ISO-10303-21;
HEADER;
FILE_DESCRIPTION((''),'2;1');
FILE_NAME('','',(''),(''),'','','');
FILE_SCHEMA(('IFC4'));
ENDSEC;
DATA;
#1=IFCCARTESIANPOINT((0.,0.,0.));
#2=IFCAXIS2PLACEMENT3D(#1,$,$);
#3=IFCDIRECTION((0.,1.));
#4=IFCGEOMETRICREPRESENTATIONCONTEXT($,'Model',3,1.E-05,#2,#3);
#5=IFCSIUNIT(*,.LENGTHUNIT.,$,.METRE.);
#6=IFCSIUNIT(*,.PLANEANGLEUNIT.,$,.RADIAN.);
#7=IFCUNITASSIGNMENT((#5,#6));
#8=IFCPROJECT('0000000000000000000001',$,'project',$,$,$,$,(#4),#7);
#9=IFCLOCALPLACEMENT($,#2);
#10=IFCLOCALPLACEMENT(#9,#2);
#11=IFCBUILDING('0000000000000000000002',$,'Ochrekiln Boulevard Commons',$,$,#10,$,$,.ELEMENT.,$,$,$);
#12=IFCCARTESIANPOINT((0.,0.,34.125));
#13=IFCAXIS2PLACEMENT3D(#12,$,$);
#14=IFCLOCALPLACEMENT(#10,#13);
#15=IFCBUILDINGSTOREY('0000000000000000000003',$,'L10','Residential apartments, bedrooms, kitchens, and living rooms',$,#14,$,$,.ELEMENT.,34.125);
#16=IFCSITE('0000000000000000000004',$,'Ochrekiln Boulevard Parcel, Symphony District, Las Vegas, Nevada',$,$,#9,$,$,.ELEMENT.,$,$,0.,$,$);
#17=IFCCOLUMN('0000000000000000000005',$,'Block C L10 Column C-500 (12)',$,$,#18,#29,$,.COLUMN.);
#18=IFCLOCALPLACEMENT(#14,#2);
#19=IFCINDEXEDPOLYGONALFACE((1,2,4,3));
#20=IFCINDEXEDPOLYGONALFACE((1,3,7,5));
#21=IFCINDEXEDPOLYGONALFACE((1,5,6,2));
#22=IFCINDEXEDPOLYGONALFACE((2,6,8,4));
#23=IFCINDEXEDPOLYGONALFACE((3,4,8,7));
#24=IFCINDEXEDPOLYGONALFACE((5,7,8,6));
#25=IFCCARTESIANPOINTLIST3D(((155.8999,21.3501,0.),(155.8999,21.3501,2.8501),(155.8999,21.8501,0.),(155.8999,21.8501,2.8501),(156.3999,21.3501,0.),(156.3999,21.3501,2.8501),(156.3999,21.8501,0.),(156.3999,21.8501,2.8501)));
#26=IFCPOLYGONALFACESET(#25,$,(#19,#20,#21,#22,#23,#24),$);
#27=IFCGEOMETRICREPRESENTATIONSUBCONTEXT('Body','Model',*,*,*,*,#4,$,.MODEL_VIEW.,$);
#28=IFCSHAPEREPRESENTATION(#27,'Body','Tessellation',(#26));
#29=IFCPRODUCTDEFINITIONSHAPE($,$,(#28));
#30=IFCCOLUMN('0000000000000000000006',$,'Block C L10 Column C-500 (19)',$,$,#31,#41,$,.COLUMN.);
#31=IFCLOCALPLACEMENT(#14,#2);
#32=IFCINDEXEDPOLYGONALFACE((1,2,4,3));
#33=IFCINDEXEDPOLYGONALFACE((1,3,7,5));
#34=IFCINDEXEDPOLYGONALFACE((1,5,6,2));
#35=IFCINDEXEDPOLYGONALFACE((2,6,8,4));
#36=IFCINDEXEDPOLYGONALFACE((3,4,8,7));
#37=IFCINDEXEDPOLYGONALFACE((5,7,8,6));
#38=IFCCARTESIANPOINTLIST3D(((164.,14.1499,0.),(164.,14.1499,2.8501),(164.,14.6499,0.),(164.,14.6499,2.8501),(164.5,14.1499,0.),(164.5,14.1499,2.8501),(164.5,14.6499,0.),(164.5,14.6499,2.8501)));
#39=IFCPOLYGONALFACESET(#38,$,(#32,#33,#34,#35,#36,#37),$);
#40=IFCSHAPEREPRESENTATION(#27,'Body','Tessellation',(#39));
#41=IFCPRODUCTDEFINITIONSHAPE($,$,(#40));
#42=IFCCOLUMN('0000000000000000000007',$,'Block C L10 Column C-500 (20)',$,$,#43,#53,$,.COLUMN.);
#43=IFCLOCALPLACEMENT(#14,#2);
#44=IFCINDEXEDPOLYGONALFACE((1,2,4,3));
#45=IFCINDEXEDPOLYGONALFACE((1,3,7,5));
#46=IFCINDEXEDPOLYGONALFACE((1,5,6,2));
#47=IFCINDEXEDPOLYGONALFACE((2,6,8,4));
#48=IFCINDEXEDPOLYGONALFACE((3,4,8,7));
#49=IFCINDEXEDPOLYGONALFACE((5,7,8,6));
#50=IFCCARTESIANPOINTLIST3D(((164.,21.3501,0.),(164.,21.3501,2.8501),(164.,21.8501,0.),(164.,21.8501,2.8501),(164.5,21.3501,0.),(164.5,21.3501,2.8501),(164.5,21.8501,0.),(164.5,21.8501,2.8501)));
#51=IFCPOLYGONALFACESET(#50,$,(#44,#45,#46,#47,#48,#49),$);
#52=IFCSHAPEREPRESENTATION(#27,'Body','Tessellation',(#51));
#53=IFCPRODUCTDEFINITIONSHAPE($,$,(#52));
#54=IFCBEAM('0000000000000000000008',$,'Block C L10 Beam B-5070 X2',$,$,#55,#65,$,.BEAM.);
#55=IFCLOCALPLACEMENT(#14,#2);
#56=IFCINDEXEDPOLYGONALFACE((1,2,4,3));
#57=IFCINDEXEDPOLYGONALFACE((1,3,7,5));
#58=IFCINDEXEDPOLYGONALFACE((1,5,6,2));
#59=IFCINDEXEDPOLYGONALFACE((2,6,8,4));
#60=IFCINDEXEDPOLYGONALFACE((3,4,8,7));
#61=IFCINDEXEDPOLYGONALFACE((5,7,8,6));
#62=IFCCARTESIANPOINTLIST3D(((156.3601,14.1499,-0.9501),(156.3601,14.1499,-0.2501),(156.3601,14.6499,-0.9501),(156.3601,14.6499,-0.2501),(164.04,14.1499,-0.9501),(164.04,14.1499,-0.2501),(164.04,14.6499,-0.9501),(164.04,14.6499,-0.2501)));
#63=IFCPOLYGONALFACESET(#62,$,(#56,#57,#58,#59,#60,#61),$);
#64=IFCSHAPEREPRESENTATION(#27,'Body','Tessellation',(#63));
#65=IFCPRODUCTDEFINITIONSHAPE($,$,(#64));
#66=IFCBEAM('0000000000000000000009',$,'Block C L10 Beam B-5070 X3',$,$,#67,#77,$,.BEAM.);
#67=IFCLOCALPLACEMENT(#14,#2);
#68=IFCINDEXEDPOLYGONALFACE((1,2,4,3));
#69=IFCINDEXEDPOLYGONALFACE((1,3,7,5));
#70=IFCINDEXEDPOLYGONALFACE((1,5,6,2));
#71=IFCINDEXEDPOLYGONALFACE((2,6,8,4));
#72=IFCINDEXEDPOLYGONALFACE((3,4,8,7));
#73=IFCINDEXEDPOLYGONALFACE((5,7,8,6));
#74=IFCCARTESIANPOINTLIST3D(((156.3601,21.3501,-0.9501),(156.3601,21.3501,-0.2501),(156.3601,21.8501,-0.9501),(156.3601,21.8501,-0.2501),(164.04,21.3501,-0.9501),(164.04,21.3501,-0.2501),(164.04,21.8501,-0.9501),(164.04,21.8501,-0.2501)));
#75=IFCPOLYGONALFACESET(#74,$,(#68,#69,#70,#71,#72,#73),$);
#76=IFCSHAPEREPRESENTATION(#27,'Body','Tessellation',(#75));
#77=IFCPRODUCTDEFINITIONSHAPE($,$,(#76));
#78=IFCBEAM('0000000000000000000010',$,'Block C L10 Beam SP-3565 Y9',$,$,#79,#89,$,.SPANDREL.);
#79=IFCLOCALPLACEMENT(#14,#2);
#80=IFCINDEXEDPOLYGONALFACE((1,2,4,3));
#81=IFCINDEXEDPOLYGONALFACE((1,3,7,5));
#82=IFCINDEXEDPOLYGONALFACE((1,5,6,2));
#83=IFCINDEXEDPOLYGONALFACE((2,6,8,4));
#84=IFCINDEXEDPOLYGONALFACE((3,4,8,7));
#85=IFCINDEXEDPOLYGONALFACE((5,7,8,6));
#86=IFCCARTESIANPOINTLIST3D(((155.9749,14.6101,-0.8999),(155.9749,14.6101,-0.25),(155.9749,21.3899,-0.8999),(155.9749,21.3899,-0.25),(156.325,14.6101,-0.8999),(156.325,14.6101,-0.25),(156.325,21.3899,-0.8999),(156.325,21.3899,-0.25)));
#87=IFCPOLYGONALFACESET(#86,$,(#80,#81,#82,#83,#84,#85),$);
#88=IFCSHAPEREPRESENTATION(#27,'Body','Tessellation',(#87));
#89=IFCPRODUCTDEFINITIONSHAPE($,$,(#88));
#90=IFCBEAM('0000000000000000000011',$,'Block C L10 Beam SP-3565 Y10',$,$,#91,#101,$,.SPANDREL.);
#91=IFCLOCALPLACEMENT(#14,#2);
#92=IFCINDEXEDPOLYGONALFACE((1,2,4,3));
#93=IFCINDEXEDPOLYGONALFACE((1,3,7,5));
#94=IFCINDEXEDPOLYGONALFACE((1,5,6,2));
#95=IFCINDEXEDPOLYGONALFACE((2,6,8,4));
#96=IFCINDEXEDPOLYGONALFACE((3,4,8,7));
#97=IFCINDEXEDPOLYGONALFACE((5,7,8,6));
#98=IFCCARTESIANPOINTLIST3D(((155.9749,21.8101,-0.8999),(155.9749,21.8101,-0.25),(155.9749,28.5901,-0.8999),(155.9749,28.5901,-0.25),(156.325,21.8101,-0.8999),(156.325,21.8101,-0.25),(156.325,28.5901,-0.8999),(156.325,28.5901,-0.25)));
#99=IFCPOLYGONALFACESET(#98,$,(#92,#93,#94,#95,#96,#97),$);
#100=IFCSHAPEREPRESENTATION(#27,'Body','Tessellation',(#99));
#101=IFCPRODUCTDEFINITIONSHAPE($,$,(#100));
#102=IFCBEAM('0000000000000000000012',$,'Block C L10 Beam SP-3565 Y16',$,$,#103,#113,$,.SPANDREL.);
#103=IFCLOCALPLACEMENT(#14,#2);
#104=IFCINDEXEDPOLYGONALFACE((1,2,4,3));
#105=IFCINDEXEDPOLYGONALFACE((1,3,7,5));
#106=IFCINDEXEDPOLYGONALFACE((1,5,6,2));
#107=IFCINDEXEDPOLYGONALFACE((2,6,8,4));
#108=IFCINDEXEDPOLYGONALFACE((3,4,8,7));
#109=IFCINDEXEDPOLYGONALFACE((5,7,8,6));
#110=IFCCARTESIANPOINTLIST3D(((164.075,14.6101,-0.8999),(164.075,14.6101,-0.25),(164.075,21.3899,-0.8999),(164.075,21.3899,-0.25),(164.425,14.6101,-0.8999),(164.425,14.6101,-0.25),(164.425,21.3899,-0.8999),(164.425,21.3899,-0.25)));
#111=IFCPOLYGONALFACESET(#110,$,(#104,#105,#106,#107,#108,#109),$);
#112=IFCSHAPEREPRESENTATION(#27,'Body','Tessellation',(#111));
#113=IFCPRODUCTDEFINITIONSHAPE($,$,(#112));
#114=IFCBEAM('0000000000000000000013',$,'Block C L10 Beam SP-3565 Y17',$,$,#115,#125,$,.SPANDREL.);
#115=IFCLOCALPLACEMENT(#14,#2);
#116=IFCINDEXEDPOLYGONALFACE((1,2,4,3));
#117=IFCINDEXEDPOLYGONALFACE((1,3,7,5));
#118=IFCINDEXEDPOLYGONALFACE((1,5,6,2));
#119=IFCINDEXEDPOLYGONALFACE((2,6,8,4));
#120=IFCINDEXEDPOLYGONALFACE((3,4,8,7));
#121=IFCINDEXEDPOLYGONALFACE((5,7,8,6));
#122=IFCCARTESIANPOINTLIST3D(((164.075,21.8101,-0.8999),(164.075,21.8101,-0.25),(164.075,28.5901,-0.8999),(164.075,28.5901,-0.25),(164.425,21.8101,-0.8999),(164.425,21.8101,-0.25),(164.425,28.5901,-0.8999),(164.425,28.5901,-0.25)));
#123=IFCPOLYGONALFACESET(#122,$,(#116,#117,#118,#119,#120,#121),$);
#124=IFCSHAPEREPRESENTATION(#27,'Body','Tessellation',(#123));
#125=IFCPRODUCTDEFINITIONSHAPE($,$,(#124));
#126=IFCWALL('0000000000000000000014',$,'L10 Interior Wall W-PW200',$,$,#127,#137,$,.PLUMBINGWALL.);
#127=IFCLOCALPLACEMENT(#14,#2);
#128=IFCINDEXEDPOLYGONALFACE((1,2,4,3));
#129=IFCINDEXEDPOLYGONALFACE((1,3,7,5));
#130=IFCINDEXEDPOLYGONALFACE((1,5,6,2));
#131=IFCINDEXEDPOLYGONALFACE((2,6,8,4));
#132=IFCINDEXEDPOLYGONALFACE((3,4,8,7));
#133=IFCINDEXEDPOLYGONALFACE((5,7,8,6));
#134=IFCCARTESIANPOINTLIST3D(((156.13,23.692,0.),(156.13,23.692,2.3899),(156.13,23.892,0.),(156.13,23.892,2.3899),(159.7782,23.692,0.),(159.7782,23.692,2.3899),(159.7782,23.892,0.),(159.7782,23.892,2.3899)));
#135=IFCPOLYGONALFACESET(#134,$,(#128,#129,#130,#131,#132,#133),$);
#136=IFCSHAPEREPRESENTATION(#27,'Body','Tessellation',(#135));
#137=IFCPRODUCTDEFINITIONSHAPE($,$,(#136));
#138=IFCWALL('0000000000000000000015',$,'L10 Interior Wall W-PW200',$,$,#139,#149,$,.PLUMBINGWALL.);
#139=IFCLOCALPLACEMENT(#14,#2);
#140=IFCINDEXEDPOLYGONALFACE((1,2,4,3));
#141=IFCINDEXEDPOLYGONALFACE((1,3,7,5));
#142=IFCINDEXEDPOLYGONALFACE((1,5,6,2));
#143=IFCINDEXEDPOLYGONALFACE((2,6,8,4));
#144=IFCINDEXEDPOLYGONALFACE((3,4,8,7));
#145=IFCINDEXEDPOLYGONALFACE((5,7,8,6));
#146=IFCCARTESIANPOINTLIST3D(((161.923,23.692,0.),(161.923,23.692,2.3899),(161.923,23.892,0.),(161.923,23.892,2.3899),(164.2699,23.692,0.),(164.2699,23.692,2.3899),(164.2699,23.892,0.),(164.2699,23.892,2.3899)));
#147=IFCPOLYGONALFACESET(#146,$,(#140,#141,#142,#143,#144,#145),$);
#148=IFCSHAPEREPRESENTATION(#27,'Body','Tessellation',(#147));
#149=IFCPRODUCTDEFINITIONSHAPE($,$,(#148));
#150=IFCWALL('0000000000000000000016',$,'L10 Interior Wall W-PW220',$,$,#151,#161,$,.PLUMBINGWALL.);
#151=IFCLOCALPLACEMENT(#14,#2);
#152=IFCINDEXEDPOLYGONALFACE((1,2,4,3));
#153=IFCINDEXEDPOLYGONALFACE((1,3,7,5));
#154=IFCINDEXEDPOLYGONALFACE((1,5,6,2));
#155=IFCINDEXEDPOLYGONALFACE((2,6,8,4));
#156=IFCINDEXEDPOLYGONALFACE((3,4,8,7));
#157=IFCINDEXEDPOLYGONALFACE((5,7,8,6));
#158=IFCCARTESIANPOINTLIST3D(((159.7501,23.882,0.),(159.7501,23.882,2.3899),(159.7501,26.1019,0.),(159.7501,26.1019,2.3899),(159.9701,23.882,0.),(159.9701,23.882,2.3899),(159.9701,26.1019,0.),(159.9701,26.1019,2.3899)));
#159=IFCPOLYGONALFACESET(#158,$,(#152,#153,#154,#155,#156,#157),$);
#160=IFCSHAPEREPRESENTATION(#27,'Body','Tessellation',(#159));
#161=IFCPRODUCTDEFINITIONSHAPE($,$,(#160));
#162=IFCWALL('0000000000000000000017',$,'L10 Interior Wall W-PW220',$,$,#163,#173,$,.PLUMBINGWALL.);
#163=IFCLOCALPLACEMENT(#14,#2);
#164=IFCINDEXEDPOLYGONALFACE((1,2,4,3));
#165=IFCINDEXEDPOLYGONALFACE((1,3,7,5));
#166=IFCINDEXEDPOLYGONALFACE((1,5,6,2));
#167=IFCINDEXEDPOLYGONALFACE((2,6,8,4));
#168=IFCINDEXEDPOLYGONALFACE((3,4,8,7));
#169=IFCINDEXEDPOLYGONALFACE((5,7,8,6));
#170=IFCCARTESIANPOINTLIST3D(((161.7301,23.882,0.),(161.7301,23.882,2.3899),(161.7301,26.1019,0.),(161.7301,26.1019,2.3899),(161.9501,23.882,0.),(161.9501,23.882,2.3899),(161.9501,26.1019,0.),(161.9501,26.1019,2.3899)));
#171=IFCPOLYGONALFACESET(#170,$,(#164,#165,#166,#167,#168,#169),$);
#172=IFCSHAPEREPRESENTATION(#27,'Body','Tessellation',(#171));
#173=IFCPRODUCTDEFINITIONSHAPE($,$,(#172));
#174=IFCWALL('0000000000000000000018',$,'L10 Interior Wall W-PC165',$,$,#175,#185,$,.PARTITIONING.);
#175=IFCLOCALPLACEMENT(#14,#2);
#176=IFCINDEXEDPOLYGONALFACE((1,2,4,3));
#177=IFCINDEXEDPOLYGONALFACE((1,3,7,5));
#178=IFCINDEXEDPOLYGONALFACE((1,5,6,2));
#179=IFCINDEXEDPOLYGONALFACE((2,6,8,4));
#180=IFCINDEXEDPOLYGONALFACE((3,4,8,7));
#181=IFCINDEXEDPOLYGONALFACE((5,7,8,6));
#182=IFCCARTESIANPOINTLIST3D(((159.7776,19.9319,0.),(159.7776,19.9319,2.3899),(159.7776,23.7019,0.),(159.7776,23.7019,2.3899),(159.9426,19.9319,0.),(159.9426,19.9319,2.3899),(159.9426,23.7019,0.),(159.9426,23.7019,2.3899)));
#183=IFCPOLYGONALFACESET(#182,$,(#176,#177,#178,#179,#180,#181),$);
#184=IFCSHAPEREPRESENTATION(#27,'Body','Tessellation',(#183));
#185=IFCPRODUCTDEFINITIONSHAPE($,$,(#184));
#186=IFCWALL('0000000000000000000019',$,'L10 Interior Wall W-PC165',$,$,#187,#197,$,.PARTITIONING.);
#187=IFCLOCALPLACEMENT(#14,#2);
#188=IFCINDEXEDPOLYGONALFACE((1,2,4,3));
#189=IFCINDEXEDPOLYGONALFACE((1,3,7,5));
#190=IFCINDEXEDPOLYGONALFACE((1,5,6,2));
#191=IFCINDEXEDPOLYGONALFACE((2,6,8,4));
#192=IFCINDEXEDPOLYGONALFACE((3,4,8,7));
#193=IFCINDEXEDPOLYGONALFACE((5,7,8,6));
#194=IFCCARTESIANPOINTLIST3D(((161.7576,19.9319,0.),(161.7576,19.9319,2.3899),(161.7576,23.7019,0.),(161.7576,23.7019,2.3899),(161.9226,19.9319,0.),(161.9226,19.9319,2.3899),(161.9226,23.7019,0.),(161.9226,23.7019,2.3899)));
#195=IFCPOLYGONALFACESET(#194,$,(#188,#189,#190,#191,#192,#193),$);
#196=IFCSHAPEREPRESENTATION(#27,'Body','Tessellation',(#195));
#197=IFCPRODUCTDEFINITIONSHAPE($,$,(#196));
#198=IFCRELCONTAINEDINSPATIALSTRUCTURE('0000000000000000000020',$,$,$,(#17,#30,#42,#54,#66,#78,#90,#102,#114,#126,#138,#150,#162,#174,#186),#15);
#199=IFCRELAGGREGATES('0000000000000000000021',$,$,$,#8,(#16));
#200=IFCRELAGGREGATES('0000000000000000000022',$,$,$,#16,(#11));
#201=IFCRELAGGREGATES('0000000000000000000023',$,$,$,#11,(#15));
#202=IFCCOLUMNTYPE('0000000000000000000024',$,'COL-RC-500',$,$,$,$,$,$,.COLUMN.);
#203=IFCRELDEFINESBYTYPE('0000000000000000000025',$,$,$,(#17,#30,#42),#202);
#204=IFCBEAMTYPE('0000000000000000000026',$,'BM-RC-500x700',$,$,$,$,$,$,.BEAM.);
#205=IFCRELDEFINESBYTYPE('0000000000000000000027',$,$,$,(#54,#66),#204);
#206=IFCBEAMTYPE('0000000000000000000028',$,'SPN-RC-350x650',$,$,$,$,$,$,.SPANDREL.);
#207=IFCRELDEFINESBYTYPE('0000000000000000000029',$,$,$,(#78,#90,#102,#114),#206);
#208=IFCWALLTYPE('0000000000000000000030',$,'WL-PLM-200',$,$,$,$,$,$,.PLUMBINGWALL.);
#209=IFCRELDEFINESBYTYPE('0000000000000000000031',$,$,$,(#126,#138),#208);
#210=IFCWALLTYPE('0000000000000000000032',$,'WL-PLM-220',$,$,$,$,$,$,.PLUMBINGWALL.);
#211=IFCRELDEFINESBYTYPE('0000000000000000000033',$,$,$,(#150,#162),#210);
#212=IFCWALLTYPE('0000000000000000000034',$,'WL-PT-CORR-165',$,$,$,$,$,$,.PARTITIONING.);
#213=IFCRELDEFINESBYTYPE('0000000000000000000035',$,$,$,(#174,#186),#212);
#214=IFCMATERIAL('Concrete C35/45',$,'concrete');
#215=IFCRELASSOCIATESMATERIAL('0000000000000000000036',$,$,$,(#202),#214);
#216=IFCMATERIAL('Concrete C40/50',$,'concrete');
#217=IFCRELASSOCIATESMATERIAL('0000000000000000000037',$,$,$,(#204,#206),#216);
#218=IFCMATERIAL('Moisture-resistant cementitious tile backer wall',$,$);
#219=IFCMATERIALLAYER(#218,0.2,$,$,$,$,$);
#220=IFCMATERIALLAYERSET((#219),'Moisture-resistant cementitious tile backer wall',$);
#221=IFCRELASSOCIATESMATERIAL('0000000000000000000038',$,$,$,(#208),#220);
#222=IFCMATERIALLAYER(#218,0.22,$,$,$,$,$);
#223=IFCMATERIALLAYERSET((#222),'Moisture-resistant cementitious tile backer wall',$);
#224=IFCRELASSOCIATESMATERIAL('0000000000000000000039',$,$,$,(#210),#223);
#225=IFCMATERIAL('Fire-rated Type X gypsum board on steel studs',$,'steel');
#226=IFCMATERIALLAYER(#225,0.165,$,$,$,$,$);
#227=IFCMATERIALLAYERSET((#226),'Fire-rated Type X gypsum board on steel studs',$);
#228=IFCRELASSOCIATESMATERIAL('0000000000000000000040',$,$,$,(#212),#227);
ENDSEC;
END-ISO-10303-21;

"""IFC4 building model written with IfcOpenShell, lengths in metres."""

from ifc_helpers import new_model, si_unit, direction, frame, frame_2d, origin, origin_2d, place, context, subcontext, project, spatial, rectangle, extrude, material, layer, layer_set, material_profile, profile_set, type_object, element, save


model = new_model("IFC4")

# Units and contexts
model_context = context("Model", 3, precision=1e-05, world=origin(), true_north=direction((0.0, 1.0)))
body_context = subcontext(model_context, "Body", "Model", "MODEL_VIEW")
ifc_project = project(units=[si_unit("LENGTHUNIT", "METRE"), si_unit("PLANEANGLEUNIT", "RADIAN")], contexts=[model_context])

# Site, building, storey
site_placement = place(None, origin())
site = spatial("IfcSite", under=ifc_project, at=site_placement, Name="Ochrekiln Boulevard Parcel, Symphony District, Las Vegas, Nevada", CompositionType="ELEMENT", RefElevation=0.0)
building_placement = place(site_placement, origin())
building = spatial("IfcBuilding", under=site, at=building_placement, Name="Ochrekiln Boulevard Commons", CompositionType="ELEMENT")
storey_placement = place(building_placement, frame((0.0, 0.0, 34.125)))
storey = spatial("IfcBuildingStorey", under=building, at=storey_placement, Name="L10", Description="Residential apartments, bedrooms, kitchens, and living rooms", CompositionType="ELEMENT", Elevation=34.125)

# Columns
ifc_material_1 = material(Name="Concrete C35/45", Category="concrete")
ifc_material_profile_1 = material_profile(ifc_material_1, rectangle(XDim=0.5, YDim=0.5, at=origin_2d()), Name="RC-COL-500x500")
ifc_profile_set_1 = profile_set([ifc_material_profile_1], Name="Concrete C35/45")
column_type = type_object("IfcColumnType", Name="COL-RC-500", PredefinedType="COLUMN", material=ifc_profile_set_1)
for number, where, z_axis, x_axis, name in (
    (1, (156.1499, 21.6001, 0.0), (0.0, 0.0, 1.0), (1.0, 0.0, 0.0), "Block C L10 Column C-500 (12)"),
    (2, (164.25, 14.3999, 0.0), (0.0, 0.0, 1.0), (1.0, 0.0, 0.0), "Block C L10 Column C-500 (19)"),
    (3, (164.25, 21.6001, 0.0), (0.0, 0.0, 1.0), (1.0, 0.0, 0.0), "Block C L10 Column C-500 (20)"),
):
    element("IfcColumn", number, at=place(storey_placement, frame(where, z_axis=z_axis, x_axis=x_axis)), inside=storey, type_object=column_type, Name=name, PredefinedType="COLUMN", context=body_context, shape_type="SweptSolid", body=[
        extrude(rectangle(XDim=0.5, YDim=0.5, at=origin_2d()), origin(), (0.0, 0.0, 1.0), 2.8501),
    ])

# Beams
ifc_material_2 = material(Name="Concrete C40/50", Category="concrete")
ifc_material_profile_2 = material_profile(ifc_material_2, rectangle(XDim=0.5, YDim=0.7, at=origin_2d()), Name="RC-BM-500x700")
ifc_profile_set_2 = profile_set([ifc_material_profile_2], Name="Concrete C40/50")
beam_type_1 = type_object("IfcBeamType", Name="BM-RC-500x700", PredefinedType="BEAM", material=ifc_profile_set_2)
for number, where, z_axis, x_axis, name in (
    (4, (156.3601, 14.3999, -0.6001), (1.0, 0.0, 0.0), (0.0, 1.0, 0.0), "Block C L10 Beam B-5070 X2"),
    (5, (156.3601, 21.6001, -0.6001), (1.0, 0.0, 0.0), (0.0, 1.0, 0.0), "Block C L10 Beam B-5070 X3"),
):
    element("IfcBeam", number, at=place(storey_placement, frame(where, z_axis=z_axis, x_axis=x_axis)), inside=storey, type_object=beam_type_1, Name=name, PredefinedType="BEAM", context=body_context, shape_type="SweptSolid", body=[
        extrude(rectangle(XDim=0.5, YDim=0.7, at=origin_2d()), origin(), (0.0, 0.0, 1.0), 7.6799),
    ])
ifc_material_profile_3 = material_profile(ifc_material_2, rectangle(XDim=0.3501, YDim=0.6499, at=origin_2d()), Name="RC-SPN-350x650")
ifc_profile_set_3 = profile_set([ifc_material_profile_3], Name="Concrete C40/50")
beam_type_2 = type_object("IfcBeamType", Name="SPN-RC-350x650", PredefinedType="SPANDREL", material=ifc_profile_set_3)
beam_1_placement = place(storey_placement, frame((156.1499, 14.6101, -0.575), z_axis=(0.0, 1.0, 0.0), x_axis=(-1.0, 0.0, 0.0)))
element("IfcBeam", 6, at=beam_1_placement, inside=storey, type_object=beam_type_2, Name="Block C L10 Beam SP-3565 Y9", PredefinedType="SPANDREL", context=body_context, shape_type="SweptSolid", body=[
    extrude(rectangle(XDim=0.3501, YDim=0.6499, at=origin_2d()), origin(), (0.0, 0.0, 1.0), 6.7798),
])
beam_2_placement = place(storey_placement, frame((156.1499, 21.8101, -0.575), z_axis=(0.0, 1.0, 0.0), x_axis=(-1.0, 0.0, 0.0)))
element("IfcBeam", 7, at=beam_2_placement, inside=storey, type_object=beam_type_2, Name="Block C L10 Beam SP-3565 Y10", PredefinedType="SPANDREL", context=body_context, shape_type="SweptSolid", body=[
    extrude(rectangle(XDim=0.3501, YDim=0.6499, at=origin_2d()), origin(), (0.0, 0.0, 1.0), 6.78),
])
beam_3_placement = place(storey_placement, frame((164.25, 14.6101, -0.575), z_axis=(0.0, 1.0, 0.0), x_axis=(-1.0, 0.0, 0.0)))
element("IfcBeam", 8, at=beam_3_placement, inside=storey, type_object=beam_type_2, Name="Block C L10 Beam SP-3565 Y16", PredefinedType="SPANDREL", context=body_context, shape_type="SweptSolid", body=[
    extrude(rectangle(XDim=0.3501, YDim=0.6499, at=origin_2d()), origin(), (0.0, 0.0, 1.0), 6.7798),
])
beam_4_placement = place(storey_placement, frame((164.25, 21.8101, -0.575), z_axis=(0.0, 1.0, 0.0), x_axis=(-1.0, 0.0, 0.0)))
element("IfcBeam", 9, at=beam_4_placement, inside=storey, type_object=beam_type_2, Name="Block C L10 Beam SP-3565 Y17", PredefinedType="SPANDREL", context=body_context, shape_type="SweptSolid", body=[
    extrude(rectangle(XDim=0.3501, YDim=0.6499, at=origin_2d()), origin(), (0.0, 0.0, 1.0), 6.78),
])

# Walls
ifc_material_3 = material(Name="Moisture-resistant cementitious tile backer wall")
ifc_layer_1 = layer(ifc_material_3, 0.2)
ifc_layer_set_1 = layer_set([ifc_layer_1], Name="Moisture-resistant cementitious tile backer wall")
wall_type_1 = type_object("IfcWallType", Name="WL-PLM-200", PredefinedType="PLUMBINGWALL", material=ifc_layer_set_1)
wall_1_placement = place(storey_placement, frame((156.1299, 23.792, 0.0), z_axis=(0.0, 0.0, 1.0), x_axis=(1.0, 0.0, 0.0)))
element("IfcWall", 10, at=wall_1_placement, inside=storey, type_object=wall_type_1, Name="L10 Interior Wall W-PW200", PredefinedType="PLUMBINGWALL", context=body_context, shape_type="SweptSolid", body=[
    extrude(rectangle(XDim=3.6482, YDim=0.2, at=frame_2d((1.8242, 0.0))), origin(), (0.0, 0.0, 1.0), 2.3899),
])
wall_2_placement = place(storey_placement, frame((161.9231, 23.792, 0.0), z_axis=(0.0, 0.0, 1.0), x_axis=(1.0, 0.0, 0.0)))
element("IfcWall", 11, at=wall_2_placement, inside=storey, type_object=wall_type_1, Name="L10 Interior Wall W-PW200", PredefinedType="PLUMBINGWALL", context=body_context, shape_type="SweptSolid", body=[
    extrude(rectangle(XDim=2.3469, YDim=0.2, at=frame_2d((1.1733, 0.0))), origin(), (0.0, 0.0, 1.0), 2.3899),
])
ifc_layer_2 = layer(ifc_material_3, 0.22)
ifc_layer_set_2 = layer_set([ifc_layer_2], Name="Moisture-resistant cementitious tile backer wall")
wall_type_2 = type_object("IfcWallType", Name="WL-PLM-220", PredefinedType="PLUMBINGWALL", material=ifc_layer_set_2)
for number, where, z_axis, x_axis, name in (
    (12, (159.8601, 23.8821, 0.0), (0.0, 0.0, 1.0), (0.0, 1.0, 0.0), "L10 Interior Wall W-PW220"),
    (13, (161.8401, 23.8821, 0.0), (0.0, 0.0, 1.0), (0.0, 1.0, 0.0), "L10 Interior Wall W-PW220"),
):
    element("IfcWall", number, at=place(storey_placement, frame(where, z_axis=z_axis, x_axis=x_axis)), inside=storey, type_object=wall_type_2, Name=name, PredefinedType="PLUMBINGWALL", context=body_context, shape_type="SweptSolid", body=[
        extrude(rectangle(XDim=2.22, YDim=0.22, at=frame_2d((1.1099, 0.0))), origin(), (0.0, 0.0, 1.0), 2.3899),
    ])
ifc_material_4 = material(Name="Fire-rated Type X gypsum board on steel studs", Category="steel")
ifc_layer_3 = layer(ifc_material_4, 0.165)
ifc_layer_set_3 = layer_set([ifc_layer_3], Name="Fire-rated Type X gypsum board on steel studs")
wall_type_3 = type_object("IfcWallType", Name="WL-PT-CORR-165", PredefinedType="PARTITIONING", material=ifc_layer_set_3)
for number, where, z_axis, x_axis, name in (
    (14, (159.8601, 19.9319, 0.0), (0.0, 0.0, 1.0), (0.0, 1.0, 0.0), "L10 Interior Wall W-PC165"),
    (15, (161.8401, 19.9319, 0.0), (0.0, 0.0, 1.0), (0.0, 1.0, 0.0), "L10 Interior Wall W-PC165"),
):
    element("IfcWall", number, at=place(storey_placement, frame(where, z_axis=z_axis, x_axis=x_axis)), inside=storey, type_object=wall_type_3, Name=name, PredefinedType="PARTITIONING", context=body_context, shape_type="SweptSolid", body=[
        extrude(rectangle(XDim=3.77, YDim=0.165, at=frame_2d((1.885, 0.0))), origin(), (0.0, 0.0, 1.0), 2.3899),
    ])

save(model, "model.ifc")
